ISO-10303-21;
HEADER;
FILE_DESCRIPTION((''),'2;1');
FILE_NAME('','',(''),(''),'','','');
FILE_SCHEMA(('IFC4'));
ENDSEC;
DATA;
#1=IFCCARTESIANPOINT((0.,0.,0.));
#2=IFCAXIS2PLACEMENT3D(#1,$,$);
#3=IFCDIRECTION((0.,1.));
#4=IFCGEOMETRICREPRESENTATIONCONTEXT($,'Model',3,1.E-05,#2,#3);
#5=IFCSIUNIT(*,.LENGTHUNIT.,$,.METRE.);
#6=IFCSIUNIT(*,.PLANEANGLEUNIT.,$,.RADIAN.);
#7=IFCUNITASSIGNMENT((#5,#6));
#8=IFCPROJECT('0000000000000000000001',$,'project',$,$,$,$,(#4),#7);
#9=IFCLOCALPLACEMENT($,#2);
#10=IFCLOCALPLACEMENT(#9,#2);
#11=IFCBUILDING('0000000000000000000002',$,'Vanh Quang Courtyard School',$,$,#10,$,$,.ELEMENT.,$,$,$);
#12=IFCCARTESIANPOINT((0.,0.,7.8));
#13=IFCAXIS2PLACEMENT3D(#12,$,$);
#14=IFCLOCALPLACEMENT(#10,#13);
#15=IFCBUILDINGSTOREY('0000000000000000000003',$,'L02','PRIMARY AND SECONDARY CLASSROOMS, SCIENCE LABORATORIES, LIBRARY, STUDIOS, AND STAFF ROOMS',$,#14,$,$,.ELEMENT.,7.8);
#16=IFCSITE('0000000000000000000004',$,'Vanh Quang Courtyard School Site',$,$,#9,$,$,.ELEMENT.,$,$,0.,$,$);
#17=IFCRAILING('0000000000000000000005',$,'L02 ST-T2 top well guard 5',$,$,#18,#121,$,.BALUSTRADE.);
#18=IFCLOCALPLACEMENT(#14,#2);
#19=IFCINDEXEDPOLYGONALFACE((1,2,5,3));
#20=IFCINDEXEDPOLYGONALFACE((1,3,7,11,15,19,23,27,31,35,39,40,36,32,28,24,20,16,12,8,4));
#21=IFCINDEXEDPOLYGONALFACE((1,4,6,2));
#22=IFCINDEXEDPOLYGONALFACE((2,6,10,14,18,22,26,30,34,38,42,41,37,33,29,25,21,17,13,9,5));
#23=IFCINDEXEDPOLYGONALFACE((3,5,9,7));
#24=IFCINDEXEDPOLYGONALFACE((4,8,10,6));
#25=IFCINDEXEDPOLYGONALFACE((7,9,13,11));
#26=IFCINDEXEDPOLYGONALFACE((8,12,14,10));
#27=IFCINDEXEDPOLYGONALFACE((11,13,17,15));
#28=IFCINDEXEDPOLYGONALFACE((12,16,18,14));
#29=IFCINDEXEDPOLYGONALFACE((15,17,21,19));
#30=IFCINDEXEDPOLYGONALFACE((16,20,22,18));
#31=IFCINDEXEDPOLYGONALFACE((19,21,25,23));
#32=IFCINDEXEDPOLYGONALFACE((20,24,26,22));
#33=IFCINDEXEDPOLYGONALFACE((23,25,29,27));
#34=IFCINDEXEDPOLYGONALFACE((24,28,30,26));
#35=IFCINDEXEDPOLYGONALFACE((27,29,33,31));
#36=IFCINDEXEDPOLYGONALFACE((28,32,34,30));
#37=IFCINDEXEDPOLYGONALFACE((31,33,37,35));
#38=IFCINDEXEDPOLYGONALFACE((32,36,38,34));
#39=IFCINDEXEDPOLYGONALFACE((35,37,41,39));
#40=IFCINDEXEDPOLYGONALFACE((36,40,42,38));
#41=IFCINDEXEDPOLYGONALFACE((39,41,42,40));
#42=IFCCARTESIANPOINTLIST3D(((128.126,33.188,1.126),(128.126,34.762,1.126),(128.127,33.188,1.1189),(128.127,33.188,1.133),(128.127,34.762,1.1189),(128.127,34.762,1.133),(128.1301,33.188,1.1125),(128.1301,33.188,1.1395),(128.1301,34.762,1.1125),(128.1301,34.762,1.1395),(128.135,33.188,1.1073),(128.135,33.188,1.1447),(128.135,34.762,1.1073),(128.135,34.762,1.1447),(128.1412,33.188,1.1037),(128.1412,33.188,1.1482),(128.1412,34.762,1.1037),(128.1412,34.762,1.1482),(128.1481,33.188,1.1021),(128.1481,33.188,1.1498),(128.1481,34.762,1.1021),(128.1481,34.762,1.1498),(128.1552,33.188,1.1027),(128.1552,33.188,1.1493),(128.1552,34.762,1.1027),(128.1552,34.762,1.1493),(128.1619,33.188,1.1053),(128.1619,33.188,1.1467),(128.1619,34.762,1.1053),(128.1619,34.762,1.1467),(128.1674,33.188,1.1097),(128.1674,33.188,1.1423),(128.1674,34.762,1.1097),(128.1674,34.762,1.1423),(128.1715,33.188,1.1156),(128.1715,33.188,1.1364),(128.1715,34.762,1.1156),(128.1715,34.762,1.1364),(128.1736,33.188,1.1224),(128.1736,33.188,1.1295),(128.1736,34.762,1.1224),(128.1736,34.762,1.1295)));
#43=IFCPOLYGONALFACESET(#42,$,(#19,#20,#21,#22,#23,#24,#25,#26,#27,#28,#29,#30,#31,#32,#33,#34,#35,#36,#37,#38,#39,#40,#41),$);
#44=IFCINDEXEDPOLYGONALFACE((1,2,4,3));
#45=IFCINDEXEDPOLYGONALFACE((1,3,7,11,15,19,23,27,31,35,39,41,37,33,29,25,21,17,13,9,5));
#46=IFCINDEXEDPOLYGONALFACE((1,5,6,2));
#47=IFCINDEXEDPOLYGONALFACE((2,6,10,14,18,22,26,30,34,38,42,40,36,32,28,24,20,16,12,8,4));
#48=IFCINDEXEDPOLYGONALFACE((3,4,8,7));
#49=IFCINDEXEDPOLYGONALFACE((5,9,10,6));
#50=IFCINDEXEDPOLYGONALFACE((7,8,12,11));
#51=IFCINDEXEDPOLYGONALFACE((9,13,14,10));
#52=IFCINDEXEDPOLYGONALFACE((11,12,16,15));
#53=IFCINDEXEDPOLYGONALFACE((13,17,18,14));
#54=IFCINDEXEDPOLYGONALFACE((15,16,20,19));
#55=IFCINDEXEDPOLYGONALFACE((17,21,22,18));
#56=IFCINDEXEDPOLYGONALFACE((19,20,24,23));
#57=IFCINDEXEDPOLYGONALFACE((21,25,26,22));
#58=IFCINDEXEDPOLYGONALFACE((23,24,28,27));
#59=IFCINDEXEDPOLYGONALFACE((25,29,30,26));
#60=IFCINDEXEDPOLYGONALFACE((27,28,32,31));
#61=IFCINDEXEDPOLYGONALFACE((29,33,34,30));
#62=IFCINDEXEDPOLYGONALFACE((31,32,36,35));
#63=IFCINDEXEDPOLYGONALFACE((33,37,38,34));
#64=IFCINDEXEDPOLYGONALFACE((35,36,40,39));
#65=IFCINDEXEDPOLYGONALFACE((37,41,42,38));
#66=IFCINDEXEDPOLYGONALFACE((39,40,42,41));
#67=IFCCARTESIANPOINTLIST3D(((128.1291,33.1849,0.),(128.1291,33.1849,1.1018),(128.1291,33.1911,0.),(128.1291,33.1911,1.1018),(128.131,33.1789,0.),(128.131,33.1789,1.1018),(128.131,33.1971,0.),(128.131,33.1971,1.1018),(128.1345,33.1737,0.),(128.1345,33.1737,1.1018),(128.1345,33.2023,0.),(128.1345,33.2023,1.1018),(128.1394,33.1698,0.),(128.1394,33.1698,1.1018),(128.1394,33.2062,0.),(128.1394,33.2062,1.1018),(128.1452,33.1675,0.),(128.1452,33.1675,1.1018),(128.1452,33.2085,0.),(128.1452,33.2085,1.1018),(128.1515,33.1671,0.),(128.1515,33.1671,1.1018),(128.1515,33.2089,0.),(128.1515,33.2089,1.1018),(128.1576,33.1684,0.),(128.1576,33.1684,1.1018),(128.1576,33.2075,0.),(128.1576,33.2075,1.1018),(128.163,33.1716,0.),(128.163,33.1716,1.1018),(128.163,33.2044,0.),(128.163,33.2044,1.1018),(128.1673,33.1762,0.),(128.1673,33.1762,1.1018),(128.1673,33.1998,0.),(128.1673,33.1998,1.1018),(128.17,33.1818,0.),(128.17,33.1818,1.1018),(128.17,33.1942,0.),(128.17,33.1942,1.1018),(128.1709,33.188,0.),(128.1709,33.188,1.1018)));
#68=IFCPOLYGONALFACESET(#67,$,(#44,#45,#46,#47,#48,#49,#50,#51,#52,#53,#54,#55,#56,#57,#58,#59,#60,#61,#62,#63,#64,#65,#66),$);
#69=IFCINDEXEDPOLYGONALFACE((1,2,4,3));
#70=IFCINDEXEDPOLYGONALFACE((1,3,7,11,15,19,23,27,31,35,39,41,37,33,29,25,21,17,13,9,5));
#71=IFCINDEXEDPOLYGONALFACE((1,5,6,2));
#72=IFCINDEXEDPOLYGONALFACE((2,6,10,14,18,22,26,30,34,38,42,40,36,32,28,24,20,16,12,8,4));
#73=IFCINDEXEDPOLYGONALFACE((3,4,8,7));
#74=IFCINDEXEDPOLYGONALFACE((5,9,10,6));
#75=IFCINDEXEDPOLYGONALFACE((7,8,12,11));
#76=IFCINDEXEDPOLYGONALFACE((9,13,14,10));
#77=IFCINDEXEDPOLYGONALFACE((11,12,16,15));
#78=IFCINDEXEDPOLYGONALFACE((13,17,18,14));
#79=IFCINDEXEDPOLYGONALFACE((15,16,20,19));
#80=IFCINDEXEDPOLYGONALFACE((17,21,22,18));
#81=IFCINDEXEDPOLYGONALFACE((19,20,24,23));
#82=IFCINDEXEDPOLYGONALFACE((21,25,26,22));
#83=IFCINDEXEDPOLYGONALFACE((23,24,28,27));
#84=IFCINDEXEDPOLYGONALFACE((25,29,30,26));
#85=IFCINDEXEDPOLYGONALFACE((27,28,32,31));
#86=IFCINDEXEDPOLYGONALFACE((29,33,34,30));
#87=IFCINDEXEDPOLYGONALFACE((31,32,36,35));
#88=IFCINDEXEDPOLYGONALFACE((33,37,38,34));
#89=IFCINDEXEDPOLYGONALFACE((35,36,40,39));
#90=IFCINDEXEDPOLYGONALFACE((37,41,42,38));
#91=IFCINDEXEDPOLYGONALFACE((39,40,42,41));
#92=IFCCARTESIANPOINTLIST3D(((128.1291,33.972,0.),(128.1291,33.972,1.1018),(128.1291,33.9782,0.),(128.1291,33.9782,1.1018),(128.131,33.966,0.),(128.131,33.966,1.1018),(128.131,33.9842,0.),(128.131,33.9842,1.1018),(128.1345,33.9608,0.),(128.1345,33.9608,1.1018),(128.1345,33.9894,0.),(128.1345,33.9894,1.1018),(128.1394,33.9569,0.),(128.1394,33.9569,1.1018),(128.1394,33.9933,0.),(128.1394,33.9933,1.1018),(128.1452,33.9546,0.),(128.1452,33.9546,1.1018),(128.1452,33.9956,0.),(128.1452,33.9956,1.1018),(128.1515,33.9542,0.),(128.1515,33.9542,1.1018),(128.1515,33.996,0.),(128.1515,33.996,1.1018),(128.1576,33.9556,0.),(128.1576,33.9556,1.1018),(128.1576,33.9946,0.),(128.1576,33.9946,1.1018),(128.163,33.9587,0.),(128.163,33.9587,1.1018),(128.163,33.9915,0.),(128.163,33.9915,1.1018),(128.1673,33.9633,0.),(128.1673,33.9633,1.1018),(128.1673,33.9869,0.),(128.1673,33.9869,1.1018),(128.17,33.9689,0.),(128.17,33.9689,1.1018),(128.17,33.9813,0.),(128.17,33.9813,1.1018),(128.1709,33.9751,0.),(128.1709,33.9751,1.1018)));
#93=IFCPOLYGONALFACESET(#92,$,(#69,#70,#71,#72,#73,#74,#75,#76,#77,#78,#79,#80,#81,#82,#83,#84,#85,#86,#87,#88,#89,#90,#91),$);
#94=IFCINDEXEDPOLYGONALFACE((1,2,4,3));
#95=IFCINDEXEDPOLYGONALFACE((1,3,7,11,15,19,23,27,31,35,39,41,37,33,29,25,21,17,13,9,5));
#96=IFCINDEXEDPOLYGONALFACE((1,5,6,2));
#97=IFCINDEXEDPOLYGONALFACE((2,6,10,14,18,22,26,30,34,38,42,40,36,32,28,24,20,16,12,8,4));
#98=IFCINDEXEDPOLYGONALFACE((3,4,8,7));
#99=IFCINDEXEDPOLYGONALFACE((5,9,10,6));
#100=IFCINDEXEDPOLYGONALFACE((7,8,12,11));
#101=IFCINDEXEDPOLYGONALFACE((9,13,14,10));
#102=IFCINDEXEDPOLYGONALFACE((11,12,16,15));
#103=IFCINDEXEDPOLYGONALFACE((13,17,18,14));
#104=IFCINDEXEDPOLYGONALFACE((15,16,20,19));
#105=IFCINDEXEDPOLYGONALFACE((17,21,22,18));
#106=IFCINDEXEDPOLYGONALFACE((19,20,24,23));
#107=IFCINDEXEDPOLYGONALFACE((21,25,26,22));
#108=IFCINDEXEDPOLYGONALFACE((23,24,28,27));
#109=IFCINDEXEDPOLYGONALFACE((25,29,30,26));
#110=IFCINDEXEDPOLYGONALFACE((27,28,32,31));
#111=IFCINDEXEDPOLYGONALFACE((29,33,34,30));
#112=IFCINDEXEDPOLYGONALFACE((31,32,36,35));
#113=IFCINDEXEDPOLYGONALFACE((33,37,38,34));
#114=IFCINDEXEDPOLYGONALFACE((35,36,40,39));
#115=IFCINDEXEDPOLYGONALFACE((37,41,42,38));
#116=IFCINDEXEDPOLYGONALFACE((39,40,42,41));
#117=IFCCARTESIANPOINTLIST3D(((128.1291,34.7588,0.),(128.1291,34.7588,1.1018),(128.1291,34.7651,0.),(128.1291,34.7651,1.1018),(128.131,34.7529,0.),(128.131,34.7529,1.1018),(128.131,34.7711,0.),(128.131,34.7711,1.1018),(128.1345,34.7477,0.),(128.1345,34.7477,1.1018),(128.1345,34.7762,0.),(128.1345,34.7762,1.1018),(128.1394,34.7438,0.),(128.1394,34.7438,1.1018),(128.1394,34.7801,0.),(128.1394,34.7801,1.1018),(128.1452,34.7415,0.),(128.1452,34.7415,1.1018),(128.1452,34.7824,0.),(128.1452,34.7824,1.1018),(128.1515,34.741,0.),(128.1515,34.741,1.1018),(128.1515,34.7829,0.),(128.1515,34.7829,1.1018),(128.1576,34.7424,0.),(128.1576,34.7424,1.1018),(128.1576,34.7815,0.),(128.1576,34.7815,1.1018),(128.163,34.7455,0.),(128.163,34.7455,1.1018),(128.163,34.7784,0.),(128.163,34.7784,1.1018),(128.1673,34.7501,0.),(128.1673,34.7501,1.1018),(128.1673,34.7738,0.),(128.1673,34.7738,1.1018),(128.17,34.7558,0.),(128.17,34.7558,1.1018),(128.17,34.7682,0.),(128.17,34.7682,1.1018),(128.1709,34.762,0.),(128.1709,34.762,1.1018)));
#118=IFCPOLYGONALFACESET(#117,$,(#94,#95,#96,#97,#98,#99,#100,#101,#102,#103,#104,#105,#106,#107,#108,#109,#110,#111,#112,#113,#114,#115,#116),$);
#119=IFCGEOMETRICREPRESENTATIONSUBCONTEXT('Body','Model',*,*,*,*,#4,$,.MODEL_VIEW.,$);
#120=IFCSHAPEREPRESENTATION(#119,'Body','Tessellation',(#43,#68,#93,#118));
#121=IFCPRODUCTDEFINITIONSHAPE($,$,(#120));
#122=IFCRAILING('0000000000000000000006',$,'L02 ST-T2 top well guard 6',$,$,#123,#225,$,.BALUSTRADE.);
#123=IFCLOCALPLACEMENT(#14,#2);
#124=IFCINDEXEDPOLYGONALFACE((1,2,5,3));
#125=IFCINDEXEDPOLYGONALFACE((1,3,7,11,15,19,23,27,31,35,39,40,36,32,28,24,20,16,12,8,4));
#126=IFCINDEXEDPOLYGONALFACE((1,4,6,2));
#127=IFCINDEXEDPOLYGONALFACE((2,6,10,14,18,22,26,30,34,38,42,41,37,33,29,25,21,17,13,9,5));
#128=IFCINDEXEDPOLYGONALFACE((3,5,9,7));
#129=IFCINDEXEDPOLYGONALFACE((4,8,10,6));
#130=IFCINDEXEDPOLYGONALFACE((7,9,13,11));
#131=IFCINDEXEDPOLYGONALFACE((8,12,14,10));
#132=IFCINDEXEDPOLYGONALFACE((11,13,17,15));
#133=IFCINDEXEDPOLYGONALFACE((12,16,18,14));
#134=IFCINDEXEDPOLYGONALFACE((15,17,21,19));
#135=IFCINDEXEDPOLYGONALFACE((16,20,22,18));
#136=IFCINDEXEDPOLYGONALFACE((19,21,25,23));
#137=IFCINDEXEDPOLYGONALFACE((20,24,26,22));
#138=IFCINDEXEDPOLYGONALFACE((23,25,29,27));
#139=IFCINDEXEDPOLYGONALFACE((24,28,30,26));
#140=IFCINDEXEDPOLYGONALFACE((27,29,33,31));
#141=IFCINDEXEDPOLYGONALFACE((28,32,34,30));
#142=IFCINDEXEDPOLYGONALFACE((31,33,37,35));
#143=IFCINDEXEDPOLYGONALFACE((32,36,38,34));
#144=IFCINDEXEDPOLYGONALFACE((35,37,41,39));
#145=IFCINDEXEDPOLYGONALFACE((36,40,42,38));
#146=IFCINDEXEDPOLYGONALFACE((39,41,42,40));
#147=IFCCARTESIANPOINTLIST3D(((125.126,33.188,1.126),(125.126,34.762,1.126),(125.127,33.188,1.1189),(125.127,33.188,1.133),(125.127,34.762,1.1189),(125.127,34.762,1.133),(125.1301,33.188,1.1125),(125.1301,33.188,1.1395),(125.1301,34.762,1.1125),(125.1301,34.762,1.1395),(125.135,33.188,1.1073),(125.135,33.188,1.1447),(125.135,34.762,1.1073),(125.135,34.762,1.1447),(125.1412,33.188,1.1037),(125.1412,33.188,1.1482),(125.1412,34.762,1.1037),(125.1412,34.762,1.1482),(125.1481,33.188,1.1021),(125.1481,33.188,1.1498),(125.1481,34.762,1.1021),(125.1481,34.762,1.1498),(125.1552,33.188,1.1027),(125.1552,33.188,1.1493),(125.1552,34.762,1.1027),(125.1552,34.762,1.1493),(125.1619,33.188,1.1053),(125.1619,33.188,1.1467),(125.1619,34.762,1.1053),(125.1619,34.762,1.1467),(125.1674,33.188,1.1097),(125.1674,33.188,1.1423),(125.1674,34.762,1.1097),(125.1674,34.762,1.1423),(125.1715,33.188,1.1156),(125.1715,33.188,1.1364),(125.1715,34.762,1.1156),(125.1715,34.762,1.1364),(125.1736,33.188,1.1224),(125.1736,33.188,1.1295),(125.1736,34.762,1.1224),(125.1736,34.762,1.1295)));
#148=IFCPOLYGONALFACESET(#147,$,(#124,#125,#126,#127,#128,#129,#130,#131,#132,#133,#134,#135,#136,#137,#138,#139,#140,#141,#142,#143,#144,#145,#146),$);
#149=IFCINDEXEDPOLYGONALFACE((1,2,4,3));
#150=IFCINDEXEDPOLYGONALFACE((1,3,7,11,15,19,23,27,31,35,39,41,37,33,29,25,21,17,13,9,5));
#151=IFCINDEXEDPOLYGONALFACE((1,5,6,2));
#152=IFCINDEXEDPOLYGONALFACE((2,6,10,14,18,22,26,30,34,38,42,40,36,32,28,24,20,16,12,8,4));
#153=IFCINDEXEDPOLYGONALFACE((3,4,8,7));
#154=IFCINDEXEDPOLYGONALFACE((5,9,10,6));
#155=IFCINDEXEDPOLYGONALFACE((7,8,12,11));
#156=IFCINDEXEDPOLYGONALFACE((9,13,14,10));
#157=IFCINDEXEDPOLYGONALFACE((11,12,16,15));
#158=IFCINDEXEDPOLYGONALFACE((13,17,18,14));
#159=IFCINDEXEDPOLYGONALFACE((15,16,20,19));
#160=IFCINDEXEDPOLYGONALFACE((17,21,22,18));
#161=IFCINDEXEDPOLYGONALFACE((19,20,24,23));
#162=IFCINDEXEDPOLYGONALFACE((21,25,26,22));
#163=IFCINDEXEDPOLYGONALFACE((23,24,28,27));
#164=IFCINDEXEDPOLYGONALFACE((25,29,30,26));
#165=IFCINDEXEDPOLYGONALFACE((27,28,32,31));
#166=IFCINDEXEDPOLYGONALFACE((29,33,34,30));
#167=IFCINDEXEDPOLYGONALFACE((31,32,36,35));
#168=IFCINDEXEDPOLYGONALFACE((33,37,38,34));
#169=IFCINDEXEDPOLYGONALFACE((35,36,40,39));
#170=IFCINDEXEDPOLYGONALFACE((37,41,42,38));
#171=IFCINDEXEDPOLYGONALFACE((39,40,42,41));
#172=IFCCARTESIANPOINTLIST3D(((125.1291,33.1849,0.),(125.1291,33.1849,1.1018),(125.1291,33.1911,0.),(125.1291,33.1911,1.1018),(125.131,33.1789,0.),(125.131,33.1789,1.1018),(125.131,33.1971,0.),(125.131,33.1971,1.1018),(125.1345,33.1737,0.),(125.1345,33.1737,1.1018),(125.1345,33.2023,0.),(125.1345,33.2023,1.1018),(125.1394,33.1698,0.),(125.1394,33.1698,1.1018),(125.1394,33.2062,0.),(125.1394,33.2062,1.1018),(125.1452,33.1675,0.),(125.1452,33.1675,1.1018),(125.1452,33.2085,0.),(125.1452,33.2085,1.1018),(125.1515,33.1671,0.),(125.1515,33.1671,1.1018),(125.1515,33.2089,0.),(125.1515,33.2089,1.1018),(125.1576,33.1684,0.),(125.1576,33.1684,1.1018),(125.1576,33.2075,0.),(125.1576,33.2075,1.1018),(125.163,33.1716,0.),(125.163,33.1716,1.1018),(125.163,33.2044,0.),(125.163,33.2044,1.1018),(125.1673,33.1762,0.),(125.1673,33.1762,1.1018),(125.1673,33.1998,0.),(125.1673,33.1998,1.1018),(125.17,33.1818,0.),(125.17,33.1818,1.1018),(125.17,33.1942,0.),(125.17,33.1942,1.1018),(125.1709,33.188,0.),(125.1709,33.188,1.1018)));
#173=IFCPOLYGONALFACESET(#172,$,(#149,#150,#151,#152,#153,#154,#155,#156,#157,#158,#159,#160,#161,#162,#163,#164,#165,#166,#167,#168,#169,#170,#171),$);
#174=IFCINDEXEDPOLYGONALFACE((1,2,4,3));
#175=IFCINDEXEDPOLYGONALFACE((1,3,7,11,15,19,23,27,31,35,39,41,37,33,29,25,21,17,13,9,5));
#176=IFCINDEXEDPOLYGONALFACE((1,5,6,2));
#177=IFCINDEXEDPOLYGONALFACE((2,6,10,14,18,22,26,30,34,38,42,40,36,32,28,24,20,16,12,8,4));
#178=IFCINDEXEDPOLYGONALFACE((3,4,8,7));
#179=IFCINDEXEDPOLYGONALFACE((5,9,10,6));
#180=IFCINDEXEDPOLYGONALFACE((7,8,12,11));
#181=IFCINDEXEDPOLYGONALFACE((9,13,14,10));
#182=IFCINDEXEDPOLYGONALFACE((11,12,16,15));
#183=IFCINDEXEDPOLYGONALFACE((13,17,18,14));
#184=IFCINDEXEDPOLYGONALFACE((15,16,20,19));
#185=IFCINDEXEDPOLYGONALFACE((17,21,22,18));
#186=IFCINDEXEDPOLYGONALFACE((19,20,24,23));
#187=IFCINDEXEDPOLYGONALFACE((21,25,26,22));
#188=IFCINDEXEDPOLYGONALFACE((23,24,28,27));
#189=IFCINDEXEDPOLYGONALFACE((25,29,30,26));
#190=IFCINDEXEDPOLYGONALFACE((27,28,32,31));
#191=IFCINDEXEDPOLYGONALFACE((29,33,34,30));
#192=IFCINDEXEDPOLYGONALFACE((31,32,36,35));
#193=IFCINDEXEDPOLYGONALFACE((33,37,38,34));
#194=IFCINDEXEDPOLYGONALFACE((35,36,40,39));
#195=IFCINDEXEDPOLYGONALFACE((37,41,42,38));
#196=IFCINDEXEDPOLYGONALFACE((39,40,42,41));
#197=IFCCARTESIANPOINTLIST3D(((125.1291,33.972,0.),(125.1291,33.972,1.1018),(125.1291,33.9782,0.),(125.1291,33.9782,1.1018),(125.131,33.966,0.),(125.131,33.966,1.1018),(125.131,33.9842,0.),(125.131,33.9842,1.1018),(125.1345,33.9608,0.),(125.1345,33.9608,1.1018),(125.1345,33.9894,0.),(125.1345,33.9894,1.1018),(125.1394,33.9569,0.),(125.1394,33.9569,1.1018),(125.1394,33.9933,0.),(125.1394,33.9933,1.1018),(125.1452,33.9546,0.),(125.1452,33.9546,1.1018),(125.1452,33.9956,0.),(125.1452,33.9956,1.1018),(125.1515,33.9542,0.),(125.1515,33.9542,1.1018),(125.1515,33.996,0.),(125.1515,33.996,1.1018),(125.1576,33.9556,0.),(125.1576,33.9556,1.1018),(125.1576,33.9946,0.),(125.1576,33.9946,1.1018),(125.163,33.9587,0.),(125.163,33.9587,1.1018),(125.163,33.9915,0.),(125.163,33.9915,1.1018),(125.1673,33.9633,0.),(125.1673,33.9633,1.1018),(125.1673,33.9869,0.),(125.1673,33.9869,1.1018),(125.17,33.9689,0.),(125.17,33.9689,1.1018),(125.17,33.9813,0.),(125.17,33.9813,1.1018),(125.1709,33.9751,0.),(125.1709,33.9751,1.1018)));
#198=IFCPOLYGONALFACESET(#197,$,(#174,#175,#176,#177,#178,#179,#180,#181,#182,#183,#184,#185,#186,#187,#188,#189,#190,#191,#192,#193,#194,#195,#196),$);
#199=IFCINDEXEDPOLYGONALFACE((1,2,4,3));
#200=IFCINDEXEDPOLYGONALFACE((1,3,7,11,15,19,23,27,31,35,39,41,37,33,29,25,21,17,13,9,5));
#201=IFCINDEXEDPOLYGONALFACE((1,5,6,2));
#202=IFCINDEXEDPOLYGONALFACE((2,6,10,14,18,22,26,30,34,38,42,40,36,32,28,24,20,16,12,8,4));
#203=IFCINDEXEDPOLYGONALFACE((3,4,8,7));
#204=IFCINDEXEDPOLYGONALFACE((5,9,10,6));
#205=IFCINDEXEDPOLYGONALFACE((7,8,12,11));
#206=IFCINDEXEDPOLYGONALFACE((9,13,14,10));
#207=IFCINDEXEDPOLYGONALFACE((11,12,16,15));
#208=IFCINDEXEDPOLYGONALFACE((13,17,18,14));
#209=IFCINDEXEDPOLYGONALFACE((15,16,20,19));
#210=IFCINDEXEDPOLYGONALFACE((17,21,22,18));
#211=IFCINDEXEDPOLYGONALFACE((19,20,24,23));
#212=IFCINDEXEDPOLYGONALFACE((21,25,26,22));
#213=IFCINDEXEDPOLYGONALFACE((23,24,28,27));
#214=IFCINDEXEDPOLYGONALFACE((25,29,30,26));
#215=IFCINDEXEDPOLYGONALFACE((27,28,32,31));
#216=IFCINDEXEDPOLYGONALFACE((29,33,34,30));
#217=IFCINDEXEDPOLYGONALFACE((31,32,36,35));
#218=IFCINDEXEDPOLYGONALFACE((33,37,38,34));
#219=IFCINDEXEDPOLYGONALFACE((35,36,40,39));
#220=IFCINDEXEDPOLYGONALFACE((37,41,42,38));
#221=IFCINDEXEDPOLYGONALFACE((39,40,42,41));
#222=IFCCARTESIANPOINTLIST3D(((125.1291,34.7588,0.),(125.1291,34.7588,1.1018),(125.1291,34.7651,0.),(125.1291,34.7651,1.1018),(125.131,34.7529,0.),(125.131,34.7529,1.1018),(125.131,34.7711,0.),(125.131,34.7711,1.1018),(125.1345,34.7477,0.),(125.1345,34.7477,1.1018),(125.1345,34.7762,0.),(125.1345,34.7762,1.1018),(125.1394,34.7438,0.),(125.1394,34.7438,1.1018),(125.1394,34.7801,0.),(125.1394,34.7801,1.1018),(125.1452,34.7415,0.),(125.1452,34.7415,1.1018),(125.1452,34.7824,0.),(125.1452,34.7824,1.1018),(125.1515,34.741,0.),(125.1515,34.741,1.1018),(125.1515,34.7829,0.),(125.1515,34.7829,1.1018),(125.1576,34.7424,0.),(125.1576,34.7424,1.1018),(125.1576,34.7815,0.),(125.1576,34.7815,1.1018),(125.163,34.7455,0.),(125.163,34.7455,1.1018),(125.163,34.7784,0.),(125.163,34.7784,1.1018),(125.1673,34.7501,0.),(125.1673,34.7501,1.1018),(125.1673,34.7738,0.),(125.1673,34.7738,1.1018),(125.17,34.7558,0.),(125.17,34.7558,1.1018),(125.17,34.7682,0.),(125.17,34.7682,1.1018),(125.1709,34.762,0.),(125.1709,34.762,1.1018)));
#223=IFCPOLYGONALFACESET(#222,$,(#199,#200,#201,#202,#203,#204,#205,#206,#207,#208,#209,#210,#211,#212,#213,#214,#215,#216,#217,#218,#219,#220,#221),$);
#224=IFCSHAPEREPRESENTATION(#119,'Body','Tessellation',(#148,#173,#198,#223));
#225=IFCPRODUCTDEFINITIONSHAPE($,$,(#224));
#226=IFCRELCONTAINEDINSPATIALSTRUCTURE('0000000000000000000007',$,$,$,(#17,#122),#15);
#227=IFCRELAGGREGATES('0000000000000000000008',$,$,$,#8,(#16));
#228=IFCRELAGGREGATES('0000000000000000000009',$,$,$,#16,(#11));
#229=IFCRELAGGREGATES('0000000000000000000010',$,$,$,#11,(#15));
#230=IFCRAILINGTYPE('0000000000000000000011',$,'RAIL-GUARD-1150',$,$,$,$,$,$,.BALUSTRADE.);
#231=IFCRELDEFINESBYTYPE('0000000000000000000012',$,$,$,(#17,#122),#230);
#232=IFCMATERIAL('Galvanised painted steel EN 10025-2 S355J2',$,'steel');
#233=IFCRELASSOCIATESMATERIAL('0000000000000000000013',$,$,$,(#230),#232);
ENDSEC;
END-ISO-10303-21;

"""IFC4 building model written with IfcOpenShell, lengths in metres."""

from ifc_helpers import new_model, si_unit, direction, frame, origin, origin_2d, place, context, subcontext, project, spatial, circle, extrude, material, type_object, element, save


model = new_model("IFC4")

# Units and contexts
model_context = context("Model", 3, precision=1e-05, world=origin(), true_north=direction((0.0, 1.0)))
body_context = subcontext(model_context, "Body", "Model", "MODEL_VIEW")
ifc_project = project(units=[si_unit("LENGTHUNIT", "METRE"), si_unit("PLANEANGLEUNIT", "RADIAN")], contexts=[model_context])

# Site, building, storey
site_placement = place(None, origin())
site = spatial("IfcSite", under=ifc_project, at=site_placement, Name="Vanh Quang Courtyard School Site", CompositionType="ELEMENT", RefElevation=0.0)
building_placement = place(site_placement, origin())
building = spatial("IfcBuilding", under=site, at=building_placement, Name="Vanh Quang Courtyard School", CompositionType="ELEMENT")
storey_placement = place(building_placement, frame((0.0, 0.0, 7.8)))
storey = spatial("IfcBuildingStorey", under=building, at=storey_placement, Name="L02", Description="PRIMARY AND SECONDARY CLASSROOMS, SCIENCE LABORATORIES, LIBRARY, STUDIOS, AND STAFF ROOMS", CompositionType="ELEMENT", Elevation=7.8)

# Railings
ifc_material_1 = material(Name="Galvanised painted steel EN 10025-2 S355J2", Category="steel")
railing_type = type_object("IfcRailingType", Name="RAIL-GUARD-1150", PredefinedType="BALUSTRADE", material=ifc_material_1)
for number, where, name in (
    (1, (128.1499, 33.188, 0.0), "L02 ST-T2 top well guard 5"),
    (2, (125.1499, 33.188, 0.0), "L02 ST-T2 top well guard 6"),
):
    element("IfcRailing", number, at=place(storey_placement, frame(where)), inside=storey, type_object=railing_type, Name=name, PredefinedType="BALUSTRADE", context=body_context, shape_type="SweptSolid", body=[
        extrude(circle(Radius=0.0239, at=origin_2d()), frame((0.0, 0.0, 1.126), z_axis=(0.0, 1.0, 0.0), x_axis=(-1.0, 0.0, 0.0)), (0.0, 0.0, 1.0), 1.574),
        extrude(circle(Radius=0.021, at=origin_2d()), origin(), (0.0, 0.0, 1.0), 1.1018),
        extrude(circle(Radius=0.021, at=origin_2d()), frame((0.0, 0.7871, 0.0)), (0.0, 0.0, 1.0), 1.1018),
        extrude(circle(Radius=0.021, at=origin_2d()), frame((0.0, 1.574, 0.0)), (0.0, 0.0, 1.0), 1.1018),
    ])

save(model, "model.ifc")
